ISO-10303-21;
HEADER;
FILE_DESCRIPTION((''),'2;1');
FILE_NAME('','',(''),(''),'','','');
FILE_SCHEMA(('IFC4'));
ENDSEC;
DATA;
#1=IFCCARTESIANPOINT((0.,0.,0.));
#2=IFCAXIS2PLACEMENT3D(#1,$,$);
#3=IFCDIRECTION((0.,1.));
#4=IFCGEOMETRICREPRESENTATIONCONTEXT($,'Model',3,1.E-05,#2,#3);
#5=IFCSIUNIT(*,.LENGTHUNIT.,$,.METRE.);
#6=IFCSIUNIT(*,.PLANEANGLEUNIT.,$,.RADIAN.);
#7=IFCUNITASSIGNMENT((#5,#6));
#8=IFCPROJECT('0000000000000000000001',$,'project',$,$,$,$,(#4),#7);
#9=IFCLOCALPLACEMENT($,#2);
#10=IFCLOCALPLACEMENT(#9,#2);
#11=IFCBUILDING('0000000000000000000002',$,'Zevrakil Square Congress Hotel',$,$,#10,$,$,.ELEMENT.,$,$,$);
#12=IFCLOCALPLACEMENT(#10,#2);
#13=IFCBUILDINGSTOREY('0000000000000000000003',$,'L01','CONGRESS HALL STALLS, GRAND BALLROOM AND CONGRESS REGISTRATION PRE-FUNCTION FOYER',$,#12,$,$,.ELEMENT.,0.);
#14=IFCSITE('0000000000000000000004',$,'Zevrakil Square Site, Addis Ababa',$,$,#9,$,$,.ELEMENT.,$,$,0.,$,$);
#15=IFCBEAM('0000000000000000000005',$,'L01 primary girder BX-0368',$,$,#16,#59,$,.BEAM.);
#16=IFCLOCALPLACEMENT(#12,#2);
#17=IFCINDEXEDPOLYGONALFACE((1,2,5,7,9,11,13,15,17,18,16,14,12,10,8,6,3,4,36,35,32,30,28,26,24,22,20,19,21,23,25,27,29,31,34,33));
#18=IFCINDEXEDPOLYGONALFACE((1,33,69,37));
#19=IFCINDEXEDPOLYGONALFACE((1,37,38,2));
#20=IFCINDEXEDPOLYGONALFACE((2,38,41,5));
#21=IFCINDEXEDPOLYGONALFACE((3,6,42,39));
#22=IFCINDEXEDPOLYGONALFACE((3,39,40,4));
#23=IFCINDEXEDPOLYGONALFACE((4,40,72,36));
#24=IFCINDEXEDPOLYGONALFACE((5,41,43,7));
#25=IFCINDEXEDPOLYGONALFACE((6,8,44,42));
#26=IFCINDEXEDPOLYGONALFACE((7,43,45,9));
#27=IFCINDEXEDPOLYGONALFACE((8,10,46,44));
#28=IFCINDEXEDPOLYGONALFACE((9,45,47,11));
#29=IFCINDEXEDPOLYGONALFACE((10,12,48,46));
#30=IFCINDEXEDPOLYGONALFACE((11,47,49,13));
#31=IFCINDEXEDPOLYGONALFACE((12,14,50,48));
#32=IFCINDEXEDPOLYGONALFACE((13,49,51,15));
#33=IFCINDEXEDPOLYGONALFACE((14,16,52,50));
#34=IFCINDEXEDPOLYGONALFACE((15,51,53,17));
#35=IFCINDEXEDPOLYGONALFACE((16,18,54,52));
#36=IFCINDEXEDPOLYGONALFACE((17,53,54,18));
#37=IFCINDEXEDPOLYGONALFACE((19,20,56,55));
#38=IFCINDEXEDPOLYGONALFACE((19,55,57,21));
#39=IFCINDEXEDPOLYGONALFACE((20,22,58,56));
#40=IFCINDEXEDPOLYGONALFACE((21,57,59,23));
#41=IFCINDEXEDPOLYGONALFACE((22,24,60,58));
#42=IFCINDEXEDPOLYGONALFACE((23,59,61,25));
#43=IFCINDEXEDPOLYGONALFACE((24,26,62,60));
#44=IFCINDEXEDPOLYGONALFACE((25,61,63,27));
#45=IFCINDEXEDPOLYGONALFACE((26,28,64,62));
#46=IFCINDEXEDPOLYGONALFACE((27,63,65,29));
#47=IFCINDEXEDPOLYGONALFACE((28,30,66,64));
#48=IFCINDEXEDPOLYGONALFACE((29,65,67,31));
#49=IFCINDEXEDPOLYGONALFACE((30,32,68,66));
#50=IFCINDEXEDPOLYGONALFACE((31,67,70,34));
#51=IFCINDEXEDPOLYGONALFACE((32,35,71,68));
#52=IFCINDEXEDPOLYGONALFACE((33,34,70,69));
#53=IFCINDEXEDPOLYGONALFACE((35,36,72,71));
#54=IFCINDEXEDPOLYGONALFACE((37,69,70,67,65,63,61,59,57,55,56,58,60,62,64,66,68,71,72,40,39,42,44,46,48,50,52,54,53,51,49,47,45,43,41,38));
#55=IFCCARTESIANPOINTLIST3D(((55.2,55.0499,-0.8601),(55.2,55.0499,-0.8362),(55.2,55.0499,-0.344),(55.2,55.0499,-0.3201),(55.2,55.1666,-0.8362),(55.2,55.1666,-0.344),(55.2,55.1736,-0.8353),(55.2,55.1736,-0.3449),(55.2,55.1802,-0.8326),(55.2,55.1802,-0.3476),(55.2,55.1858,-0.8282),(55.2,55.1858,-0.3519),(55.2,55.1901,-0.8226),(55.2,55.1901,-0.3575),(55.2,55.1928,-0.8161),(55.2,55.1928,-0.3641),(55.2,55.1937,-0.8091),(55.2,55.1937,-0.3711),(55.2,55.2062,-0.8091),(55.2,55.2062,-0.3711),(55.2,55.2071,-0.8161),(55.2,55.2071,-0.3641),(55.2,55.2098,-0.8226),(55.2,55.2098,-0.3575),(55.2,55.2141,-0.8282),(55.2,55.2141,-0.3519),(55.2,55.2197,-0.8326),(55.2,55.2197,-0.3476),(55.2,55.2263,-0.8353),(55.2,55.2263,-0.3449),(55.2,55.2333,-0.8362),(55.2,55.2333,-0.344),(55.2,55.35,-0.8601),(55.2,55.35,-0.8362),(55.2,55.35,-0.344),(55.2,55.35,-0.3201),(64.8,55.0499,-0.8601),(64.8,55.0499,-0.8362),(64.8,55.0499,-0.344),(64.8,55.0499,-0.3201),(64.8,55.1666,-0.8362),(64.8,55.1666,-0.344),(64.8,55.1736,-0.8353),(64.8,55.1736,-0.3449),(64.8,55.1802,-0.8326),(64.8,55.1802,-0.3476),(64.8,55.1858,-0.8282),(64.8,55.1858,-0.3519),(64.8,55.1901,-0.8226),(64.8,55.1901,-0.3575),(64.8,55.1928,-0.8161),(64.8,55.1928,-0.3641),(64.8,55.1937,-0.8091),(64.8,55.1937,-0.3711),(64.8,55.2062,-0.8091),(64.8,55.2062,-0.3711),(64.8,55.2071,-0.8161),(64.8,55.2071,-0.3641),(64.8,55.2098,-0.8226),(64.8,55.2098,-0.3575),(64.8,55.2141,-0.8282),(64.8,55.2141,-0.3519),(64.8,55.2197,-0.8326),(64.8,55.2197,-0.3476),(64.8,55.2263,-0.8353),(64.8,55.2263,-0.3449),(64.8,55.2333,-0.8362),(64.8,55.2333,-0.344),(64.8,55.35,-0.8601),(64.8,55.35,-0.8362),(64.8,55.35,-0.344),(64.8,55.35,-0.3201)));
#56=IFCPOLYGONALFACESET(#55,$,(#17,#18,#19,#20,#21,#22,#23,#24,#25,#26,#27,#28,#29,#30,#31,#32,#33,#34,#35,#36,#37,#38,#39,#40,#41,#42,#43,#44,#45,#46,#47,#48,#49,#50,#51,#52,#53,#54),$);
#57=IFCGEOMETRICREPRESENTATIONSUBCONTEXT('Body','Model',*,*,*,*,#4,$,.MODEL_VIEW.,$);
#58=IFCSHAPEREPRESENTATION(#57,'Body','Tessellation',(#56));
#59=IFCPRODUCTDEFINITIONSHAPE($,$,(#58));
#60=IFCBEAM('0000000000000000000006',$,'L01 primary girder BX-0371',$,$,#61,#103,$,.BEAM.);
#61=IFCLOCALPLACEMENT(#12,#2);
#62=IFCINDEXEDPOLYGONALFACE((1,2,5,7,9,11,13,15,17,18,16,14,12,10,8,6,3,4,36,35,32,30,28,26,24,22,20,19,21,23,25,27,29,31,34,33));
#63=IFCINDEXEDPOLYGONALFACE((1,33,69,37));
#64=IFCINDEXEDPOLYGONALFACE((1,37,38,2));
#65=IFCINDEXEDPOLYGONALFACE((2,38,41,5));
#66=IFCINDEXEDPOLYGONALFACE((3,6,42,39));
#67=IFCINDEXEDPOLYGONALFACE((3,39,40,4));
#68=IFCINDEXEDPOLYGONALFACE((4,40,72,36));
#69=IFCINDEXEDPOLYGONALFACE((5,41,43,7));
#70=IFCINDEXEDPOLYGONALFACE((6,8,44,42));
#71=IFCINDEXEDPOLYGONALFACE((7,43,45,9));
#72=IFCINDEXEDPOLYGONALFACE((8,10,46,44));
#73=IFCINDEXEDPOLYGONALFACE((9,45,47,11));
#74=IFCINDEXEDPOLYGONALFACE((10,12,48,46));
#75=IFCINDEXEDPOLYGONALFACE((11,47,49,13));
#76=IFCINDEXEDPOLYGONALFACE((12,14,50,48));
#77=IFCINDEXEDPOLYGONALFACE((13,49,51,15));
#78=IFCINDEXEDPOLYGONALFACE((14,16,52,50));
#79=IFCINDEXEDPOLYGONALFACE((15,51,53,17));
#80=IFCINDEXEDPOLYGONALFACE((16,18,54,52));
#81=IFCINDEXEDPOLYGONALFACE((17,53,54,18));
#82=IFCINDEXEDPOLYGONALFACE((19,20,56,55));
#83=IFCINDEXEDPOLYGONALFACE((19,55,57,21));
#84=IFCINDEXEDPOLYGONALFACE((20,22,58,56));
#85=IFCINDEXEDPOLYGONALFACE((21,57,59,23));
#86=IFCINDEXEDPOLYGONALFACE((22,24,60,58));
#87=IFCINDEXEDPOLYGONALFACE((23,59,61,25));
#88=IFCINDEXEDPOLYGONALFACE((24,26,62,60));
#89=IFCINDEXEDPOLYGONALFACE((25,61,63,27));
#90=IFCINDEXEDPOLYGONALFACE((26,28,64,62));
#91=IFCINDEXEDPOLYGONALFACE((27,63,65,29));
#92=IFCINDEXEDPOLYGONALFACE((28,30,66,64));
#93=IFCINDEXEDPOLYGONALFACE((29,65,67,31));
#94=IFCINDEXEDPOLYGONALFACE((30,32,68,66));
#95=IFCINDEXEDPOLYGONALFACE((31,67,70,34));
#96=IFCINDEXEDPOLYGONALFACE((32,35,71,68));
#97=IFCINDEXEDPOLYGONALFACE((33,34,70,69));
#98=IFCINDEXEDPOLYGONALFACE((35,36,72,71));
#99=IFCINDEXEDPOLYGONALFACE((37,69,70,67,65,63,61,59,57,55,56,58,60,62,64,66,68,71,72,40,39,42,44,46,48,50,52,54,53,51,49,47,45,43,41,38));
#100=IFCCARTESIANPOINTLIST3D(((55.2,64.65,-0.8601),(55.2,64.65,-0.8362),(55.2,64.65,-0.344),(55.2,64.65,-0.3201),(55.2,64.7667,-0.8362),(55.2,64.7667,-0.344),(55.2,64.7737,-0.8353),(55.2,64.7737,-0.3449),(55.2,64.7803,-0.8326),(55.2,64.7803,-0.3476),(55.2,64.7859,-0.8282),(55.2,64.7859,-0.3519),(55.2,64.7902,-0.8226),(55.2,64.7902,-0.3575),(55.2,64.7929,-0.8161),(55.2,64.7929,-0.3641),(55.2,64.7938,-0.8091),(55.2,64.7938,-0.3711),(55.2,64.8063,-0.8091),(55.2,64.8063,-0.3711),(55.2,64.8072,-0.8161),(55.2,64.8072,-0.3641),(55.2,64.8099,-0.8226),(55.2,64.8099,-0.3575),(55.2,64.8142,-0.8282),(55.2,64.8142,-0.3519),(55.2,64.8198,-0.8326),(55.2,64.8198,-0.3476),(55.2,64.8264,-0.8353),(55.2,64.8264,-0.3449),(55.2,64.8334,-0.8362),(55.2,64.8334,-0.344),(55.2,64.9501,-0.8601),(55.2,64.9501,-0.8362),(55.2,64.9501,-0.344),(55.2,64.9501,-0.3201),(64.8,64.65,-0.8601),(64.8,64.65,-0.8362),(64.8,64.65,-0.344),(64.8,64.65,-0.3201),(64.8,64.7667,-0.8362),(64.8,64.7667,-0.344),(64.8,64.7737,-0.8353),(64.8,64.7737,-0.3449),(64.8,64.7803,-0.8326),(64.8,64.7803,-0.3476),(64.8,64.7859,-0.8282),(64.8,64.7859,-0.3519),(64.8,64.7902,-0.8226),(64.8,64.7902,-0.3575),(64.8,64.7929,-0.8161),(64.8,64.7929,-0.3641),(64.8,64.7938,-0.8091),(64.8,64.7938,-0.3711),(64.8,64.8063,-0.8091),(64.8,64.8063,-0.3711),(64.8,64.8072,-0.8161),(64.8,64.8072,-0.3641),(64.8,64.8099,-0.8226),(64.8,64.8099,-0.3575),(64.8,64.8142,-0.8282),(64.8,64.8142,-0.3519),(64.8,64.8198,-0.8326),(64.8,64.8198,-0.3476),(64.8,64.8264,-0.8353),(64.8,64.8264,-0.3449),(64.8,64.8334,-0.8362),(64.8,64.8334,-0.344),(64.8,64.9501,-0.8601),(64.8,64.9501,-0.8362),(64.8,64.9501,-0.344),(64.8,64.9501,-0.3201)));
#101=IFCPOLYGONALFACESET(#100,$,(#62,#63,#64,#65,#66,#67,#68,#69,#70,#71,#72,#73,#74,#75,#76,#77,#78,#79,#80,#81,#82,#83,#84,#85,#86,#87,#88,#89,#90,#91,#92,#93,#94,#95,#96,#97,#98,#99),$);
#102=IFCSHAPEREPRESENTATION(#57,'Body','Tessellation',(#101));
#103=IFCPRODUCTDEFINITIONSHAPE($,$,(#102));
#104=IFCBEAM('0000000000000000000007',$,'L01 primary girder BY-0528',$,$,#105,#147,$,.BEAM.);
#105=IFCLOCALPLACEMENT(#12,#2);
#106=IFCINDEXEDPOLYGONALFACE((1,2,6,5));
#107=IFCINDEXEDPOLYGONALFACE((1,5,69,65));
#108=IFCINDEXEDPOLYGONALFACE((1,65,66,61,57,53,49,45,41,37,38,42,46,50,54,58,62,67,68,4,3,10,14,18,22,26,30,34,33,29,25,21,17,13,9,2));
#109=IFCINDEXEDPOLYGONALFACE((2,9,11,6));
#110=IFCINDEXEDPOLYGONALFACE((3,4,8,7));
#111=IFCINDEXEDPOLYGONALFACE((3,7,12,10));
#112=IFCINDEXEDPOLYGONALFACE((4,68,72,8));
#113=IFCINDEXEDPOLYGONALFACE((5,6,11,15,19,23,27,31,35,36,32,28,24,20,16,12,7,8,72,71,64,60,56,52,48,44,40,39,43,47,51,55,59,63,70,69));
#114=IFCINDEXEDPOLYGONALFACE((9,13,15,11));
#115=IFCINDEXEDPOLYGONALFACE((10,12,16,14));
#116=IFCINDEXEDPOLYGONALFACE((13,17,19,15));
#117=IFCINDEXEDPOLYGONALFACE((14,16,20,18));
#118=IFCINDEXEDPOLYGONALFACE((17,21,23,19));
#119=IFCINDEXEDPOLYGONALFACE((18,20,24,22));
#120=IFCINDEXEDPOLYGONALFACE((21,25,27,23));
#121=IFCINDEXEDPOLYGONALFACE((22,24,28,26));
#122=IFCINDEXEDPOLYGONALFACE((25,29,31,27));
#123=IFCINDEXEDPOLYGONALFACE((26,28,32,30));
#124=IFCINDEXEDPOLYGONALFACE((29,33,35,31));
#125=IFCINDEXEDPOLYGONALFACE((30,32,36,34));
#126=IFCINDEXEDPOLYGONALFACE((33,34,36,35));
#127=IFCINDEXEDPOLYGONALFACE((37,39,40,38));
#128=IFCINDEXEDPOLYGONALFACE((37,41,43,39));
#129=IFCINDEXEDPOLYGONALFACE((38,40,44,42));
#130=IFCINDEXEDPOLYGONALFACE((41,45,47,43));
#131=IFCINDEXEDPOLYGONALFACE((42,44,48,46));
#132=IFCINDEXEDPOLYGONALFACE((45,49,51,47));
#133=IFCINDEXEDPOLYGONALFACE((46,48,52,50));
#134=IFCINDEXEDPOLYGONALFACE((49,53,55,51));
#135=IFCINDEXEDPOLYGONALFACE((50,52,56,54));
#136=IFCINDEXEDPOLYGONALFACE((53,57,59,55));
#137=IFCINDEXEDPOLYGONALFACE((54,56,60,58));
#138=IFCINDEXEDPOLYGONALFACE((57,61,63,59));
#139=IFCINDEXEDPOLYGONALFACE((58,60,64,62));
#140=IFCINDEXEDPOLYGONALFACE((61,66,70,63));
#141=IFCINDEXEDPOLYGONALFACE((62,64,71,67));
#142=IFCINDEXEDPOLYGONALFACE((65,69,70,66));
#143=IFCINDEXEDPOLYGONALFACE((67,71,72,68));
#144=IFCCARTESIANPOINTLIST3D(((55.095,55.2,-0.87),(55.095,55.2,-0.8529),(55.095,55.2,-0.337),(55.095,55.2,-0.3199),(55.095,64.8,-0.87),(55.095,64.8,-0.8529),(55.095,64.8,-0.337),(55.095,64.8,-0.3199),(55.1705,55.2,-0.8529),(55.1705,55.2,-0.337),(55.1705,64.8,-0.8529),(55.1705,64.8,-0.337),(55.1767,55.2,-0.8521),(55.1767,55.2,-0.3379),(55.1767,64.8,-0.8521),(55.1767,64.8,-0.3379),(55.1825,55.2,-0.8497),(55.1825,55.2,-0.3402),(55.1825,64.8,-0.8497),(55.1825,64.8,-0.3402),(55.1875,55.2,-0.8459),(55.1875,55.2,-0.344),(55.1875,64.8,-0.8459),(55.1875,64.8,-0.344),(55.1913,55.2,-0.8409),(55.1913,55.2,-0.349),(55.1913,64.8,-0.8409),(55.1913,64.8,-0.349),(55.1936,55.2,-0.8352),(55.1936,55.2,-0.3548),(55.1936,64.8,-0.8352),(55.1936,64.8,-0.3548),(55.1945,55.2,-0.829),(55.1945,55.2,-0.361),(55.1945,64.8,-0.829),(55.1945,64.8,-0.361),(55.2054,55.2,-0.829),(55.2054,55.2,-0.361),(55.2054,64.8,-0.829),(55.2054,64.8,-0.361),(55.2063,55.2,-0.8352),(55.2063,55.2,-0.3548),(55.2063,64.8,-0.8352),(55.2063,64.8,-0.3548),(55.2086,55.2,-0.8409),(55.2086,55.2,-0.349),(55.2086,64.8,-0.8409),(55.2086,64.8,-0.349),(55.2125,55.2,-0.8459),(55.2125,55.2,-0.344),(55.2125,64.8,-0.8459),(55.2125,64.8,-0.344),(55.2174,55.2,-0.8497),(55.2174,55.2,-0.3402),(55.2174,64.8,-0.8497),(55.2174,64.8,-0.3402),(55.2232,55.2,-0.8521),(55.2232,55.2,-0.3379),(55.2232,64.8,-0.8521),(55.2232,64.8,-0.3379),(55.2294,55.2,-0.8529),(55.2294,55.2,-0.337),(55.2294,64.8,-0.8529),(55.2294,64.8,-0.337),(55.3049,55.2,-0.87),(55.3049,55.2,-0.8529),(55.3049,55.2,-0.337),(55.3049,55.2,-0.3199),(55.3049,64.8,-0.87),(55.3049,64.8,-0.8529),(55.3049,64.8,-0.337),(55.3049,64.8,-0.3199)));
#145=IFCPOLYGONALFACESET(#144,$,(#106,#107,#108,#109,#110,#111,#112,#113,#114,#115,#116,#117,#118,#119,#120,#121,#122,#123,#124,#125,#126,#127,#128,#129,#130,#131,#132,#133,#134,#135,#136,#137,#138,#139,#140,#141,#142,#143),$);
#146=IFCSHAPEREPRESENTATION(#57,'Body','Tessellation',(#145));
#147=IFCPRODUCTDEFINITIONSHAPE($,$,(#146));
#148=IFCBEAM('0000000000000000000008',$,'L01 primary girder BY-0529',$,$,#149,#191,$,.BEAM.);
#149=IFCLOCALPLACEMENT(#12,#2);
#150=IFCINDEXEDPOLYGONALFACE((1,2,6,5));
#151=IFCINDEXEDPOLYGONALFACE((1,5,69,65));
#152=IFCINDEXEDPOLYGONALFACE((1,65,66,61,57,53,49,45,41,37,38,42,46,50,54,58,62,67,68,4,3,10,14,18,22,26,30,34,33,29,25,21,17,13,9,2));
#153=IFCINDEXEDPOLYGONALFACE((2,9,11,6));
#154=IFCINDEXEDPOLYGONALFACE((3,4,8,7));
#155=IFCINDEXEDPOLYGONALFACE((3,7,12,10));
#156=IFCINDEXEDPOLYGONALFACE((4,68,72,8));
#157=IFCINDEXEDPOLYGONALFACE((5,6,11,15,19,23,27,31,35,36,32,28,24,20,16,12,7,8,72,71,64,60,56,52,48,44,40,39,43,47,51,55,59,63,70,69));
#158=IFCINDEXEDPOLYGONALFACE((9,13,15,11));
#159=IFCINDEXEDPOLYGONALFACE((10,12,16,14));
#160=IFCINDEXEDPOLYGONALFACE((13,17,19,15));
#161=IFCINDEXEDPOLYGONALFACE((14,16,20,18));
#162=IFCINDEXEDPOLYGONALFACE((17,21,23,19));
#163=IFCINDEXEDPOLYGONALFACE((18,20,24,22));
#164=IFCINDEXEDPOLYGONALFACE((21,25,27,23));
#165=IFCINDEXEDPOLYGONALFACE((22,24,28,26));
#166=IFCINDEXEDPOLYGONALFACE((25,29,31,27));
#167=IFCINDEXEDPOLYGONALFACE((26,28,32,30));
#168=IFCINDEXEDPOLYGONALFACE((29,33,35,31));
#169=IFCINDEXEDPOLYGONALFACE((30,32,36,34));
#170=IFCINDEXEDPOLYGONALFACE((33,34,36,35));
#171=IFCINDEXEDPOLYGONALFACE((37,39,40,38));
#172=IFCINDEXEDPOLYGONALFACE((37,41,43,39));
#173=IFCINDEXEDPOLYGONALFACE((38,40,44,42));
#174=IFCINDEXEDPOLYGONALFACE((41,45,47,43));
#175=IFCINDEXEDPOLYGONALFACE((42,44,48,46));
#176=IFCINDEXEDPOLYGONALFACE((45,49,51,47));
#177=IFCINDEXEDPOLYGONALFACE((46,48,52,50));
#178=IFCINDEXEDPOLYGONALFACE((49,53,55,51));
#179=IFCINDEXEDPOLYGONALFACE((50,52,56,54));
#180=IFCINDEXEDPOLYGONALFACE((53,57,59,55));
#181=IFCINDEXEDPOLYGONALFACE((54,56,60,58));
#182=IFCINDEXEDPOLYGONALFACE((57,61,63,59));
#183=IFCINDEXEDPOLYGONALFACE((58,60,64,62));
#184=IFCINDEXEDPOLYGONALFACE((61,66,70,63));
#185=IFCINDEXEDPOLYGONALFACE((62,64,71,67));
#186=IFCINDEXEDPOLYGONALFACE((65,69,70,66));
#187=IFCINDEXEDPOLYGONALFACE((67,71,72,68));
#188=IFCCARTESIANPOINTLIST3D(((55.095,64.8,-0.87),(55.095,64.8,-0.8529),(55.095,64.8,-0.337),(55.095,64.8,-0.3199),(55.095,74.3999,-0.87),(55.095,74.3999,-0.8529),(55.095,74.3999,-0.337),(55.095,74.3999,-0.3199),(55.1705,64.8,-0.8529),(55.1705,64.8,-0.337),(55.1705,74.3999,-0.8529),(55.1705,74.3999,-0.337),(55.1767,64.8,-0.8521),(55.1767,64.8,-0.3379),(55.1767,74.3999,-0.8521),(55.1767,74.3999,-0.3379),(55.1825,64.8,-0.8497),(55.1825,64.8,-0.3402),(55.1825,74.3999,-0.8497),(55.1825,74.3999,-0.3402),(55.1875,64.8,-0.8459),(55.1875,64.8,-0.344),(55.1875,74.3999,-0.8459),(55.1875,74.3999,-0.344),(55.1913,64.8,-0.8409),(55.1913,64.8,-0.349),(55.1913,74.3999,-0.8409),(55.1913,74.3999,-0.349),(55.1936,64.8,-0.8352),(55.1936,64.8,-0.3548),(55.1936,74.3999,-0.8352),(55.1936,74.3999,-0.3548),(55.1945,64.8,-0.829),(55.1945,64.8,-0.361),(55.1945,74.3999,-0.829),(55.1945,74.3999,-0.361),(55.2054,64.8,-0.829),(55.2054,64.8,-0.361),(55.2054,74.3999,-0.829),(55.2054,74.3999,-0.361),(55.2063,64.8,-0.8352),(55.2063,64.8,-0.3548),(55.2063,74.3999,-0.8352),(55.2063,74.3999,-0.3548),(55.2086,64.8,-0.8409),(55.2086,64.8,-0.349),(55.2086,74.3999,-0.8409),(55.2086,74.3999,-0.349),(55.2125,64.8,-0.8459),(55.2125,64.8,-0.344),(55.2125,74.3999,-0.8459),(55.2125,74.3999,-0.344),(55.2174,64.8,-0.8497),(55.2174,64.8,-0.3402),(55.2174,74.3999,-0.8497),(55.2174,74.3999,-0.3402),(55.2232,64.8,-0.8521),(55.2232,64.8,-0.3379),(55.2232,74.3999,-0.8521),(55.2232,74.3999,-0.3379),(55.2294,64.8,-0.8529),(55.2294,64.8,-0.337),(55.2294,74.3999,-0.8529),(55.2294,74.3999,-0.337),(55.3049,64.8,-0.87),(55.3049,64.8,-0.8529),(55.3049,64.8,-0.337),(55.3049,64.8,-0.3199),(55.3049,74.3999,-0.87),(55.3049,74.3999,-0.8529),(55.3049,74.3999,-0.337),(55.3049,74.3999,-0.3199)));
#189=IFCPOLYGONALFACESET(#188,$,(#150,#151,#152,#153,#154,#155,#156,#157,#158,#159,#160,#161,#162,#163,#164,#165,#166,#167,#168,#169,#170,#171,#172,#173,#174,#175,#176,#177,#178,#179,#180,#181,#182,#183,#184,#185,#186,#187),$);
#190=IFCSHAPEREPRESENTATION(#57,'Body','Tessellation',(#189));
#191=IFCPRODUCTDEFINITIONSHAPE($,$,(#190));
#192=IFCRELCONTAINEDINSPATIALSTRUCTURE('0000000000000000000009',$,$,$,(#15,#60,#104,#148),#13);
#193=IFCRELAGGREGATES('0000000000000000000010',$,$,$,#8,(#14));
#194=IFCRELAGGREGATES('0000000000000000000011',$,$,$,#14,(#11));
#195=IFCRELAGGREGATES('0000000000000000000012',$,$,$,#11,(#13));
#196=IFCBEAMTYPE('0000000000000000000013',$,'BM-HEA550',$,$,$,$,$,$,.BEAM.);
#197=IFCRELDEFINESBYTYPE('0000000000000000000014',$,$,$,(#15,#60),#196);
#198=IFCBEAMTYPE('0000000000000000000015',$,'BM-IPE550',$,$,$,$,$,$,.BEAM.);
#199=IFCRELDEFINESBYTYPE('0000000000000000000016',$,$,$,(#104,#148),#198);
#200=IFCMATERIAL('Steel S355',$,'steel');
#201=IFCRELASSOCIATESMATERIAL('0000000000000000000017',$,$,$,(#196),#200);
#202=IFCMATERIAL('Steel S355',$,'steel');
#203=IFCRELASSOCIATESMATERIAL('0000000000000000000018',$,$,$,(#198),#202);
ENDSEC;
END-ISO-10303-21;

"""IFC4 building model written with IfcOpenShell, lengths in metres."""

from ifc_helpers import new_model, si_unit, direction, frame, origin, origin_2d, place, context, subcontext, project, spatial, i_section, extrude, material, material_profile, profile_set, type_object, element, save


model = new_model("IFC4")

# Units and contexts
model_context = context("Model", 3, precision=1e-05, world=origin(), true_north=direction((0.0, 1.0)))
body_context = subcontext(model_context, "Body", "Model", "MODEL_VIEW")
ifc_project = project(units=[si_unit("LENGTHUNIT", "METRE"), si_unit("PLANEANGLEUNIT", "RADIAN")], contexts=[model_context])

# Site, building, storey
site_placement = place(None, origin())
site = spatial("IfcSite", under=ifc_project, at=site_placement, Name="Zevrakil Square Site, Addis Ababa", CompositionType="ELEMENT", RefElevation=0.0)
building_placement = place(site_placement, origin())
building = spatial("IfcBuilding", under=site, at=building_placement, Name="Zevrakil Square Congress Hotel", CompositionType="ELEMENT")
storey_placement = place(building_placement, origin())
storey = spatial("IfcBuildingStorey", under=building, at=storey_placement, Name="L01", Description="CONGRESS HALL STALLS, GRAND BALLROOM AND CONGRESS REGISTRATION PRE-FUNCTION FOYER", CompositionType="ELEMENT", Elevation=0.0)

# Beams
ifc_material_1 = material(Name="Steel S355", Category="steel")
ifc_material_profile_1 = material_profile(ifc_material_1, i_section(OverallWidth=0.3, OverallDepth=0.54, WebThickness=0.0125, FlangeThickness=0.0239, FilletRadius=0.0271, at=origin_2d()), Name="HEA 550")
ifc_profile_set_1 = profile_set([ifc_material_profile_1], Name="Steel S355")
beam_type_1 = type_object("IfcBeamType", Name="BM-HEA550", PredefinedType="BEAM", material=ifc_profile_set_1)
for number, where, z_axis, x_axis, name in (
    (1, (55.2, 55.2, -0.5901), (1.0, 0.0, 0.0), (0.0, 1.0, 0.0), "L01 primary girder BX-0368"),
    (2, (55.2, 64.8, -0.5901), (1.0, 0.0, 0.0), (0.0, 1.0, 0.0), "L01 primary girder BX-0371"),
):
    element("IfcBeam", number, at=place(storey_placement, frame(where, z_axis=z_axis, x_axis=x_axis)), inside=storey, type_object=beam_type_1, Name=name, PredefinedType="BEAM", context=body_context, shape_type="SweptSolid", body=[
        extrude(i_section(OverallWidth=0.3, OverallDepth=0.54, WebThickness=0.0125, FlangeThickness=0.0239, FilletRadius=0.0271, at=origin_2d()), origin(), (0.0, 0.0, 1.0), 9.6001),
    ])
ifc_material_2 = material(Name="Steel S355", Category="steel")
ifc_material_profile_2 = material_profile(ifc_material_2, i_section(OverallWidth=0.21, OverallDepth=0.55, WebThickness=0.011, FlangeThickness=0.0171, FilletRadius=0.0239, at=origin_2d()), Name="IPE 550")
ifc_profile_set_2 = profile_set([ifc_material_profile_2], Name="Steel S355")
beam_type_2 = type_object("IfcBeamType", Name="BM-IPE550", PredefinedType="BEAM", material=ifc_profile_set_2)
beam_1_placement = place(storey_placement, frame((55.2, 55.2, -0.595), z_axis=(0.0, 1.0, 0.0), x_axis=(-1.0, 0.0, 0.0)))
element("IfcBeam", 3, at=beam_1_placement, inside=storey, type_object=beam_type_2, Name="L01 primary girder BY-0528", PredefinedType="BEAM", context=body_context, shape_type="SweptSolid", body=[
    extrude(i_section(OverallWidth=0.21, OverallDepth=0.55, WebThickness=0.011, FlangeThickness=0.0171, FilletRadius=0.0239, at=origin_2d()), origin(), (0.0, 0.0, 1.0), 9.6001),
])
beam_2_placement = place(storey_placement, frame((55.2, 64.8, -0.595), z_axis=(0.0, 1.0, 0.0), x_axis=(-1.0, 0.0, 0.0)))
element("IfcBeam", 4, at=beam_2_placement, inside=storey, type_object=beam_type_2, Name="L01 primary girder BY-0529", PredefinedType="BEAM", context=body_context, shape_type="SweptSolid", body=[
    extrude(i_section(OverallWidth=0.21, OverallDepth=0.55, WebThickness=0.011, FlangeThickness=0.0171, FilletRadius=0.0239, at=origin_2d()), origin(), (0.0, 0.0, 1.0), 9.5999),
])

save(model, "model.ifc")
